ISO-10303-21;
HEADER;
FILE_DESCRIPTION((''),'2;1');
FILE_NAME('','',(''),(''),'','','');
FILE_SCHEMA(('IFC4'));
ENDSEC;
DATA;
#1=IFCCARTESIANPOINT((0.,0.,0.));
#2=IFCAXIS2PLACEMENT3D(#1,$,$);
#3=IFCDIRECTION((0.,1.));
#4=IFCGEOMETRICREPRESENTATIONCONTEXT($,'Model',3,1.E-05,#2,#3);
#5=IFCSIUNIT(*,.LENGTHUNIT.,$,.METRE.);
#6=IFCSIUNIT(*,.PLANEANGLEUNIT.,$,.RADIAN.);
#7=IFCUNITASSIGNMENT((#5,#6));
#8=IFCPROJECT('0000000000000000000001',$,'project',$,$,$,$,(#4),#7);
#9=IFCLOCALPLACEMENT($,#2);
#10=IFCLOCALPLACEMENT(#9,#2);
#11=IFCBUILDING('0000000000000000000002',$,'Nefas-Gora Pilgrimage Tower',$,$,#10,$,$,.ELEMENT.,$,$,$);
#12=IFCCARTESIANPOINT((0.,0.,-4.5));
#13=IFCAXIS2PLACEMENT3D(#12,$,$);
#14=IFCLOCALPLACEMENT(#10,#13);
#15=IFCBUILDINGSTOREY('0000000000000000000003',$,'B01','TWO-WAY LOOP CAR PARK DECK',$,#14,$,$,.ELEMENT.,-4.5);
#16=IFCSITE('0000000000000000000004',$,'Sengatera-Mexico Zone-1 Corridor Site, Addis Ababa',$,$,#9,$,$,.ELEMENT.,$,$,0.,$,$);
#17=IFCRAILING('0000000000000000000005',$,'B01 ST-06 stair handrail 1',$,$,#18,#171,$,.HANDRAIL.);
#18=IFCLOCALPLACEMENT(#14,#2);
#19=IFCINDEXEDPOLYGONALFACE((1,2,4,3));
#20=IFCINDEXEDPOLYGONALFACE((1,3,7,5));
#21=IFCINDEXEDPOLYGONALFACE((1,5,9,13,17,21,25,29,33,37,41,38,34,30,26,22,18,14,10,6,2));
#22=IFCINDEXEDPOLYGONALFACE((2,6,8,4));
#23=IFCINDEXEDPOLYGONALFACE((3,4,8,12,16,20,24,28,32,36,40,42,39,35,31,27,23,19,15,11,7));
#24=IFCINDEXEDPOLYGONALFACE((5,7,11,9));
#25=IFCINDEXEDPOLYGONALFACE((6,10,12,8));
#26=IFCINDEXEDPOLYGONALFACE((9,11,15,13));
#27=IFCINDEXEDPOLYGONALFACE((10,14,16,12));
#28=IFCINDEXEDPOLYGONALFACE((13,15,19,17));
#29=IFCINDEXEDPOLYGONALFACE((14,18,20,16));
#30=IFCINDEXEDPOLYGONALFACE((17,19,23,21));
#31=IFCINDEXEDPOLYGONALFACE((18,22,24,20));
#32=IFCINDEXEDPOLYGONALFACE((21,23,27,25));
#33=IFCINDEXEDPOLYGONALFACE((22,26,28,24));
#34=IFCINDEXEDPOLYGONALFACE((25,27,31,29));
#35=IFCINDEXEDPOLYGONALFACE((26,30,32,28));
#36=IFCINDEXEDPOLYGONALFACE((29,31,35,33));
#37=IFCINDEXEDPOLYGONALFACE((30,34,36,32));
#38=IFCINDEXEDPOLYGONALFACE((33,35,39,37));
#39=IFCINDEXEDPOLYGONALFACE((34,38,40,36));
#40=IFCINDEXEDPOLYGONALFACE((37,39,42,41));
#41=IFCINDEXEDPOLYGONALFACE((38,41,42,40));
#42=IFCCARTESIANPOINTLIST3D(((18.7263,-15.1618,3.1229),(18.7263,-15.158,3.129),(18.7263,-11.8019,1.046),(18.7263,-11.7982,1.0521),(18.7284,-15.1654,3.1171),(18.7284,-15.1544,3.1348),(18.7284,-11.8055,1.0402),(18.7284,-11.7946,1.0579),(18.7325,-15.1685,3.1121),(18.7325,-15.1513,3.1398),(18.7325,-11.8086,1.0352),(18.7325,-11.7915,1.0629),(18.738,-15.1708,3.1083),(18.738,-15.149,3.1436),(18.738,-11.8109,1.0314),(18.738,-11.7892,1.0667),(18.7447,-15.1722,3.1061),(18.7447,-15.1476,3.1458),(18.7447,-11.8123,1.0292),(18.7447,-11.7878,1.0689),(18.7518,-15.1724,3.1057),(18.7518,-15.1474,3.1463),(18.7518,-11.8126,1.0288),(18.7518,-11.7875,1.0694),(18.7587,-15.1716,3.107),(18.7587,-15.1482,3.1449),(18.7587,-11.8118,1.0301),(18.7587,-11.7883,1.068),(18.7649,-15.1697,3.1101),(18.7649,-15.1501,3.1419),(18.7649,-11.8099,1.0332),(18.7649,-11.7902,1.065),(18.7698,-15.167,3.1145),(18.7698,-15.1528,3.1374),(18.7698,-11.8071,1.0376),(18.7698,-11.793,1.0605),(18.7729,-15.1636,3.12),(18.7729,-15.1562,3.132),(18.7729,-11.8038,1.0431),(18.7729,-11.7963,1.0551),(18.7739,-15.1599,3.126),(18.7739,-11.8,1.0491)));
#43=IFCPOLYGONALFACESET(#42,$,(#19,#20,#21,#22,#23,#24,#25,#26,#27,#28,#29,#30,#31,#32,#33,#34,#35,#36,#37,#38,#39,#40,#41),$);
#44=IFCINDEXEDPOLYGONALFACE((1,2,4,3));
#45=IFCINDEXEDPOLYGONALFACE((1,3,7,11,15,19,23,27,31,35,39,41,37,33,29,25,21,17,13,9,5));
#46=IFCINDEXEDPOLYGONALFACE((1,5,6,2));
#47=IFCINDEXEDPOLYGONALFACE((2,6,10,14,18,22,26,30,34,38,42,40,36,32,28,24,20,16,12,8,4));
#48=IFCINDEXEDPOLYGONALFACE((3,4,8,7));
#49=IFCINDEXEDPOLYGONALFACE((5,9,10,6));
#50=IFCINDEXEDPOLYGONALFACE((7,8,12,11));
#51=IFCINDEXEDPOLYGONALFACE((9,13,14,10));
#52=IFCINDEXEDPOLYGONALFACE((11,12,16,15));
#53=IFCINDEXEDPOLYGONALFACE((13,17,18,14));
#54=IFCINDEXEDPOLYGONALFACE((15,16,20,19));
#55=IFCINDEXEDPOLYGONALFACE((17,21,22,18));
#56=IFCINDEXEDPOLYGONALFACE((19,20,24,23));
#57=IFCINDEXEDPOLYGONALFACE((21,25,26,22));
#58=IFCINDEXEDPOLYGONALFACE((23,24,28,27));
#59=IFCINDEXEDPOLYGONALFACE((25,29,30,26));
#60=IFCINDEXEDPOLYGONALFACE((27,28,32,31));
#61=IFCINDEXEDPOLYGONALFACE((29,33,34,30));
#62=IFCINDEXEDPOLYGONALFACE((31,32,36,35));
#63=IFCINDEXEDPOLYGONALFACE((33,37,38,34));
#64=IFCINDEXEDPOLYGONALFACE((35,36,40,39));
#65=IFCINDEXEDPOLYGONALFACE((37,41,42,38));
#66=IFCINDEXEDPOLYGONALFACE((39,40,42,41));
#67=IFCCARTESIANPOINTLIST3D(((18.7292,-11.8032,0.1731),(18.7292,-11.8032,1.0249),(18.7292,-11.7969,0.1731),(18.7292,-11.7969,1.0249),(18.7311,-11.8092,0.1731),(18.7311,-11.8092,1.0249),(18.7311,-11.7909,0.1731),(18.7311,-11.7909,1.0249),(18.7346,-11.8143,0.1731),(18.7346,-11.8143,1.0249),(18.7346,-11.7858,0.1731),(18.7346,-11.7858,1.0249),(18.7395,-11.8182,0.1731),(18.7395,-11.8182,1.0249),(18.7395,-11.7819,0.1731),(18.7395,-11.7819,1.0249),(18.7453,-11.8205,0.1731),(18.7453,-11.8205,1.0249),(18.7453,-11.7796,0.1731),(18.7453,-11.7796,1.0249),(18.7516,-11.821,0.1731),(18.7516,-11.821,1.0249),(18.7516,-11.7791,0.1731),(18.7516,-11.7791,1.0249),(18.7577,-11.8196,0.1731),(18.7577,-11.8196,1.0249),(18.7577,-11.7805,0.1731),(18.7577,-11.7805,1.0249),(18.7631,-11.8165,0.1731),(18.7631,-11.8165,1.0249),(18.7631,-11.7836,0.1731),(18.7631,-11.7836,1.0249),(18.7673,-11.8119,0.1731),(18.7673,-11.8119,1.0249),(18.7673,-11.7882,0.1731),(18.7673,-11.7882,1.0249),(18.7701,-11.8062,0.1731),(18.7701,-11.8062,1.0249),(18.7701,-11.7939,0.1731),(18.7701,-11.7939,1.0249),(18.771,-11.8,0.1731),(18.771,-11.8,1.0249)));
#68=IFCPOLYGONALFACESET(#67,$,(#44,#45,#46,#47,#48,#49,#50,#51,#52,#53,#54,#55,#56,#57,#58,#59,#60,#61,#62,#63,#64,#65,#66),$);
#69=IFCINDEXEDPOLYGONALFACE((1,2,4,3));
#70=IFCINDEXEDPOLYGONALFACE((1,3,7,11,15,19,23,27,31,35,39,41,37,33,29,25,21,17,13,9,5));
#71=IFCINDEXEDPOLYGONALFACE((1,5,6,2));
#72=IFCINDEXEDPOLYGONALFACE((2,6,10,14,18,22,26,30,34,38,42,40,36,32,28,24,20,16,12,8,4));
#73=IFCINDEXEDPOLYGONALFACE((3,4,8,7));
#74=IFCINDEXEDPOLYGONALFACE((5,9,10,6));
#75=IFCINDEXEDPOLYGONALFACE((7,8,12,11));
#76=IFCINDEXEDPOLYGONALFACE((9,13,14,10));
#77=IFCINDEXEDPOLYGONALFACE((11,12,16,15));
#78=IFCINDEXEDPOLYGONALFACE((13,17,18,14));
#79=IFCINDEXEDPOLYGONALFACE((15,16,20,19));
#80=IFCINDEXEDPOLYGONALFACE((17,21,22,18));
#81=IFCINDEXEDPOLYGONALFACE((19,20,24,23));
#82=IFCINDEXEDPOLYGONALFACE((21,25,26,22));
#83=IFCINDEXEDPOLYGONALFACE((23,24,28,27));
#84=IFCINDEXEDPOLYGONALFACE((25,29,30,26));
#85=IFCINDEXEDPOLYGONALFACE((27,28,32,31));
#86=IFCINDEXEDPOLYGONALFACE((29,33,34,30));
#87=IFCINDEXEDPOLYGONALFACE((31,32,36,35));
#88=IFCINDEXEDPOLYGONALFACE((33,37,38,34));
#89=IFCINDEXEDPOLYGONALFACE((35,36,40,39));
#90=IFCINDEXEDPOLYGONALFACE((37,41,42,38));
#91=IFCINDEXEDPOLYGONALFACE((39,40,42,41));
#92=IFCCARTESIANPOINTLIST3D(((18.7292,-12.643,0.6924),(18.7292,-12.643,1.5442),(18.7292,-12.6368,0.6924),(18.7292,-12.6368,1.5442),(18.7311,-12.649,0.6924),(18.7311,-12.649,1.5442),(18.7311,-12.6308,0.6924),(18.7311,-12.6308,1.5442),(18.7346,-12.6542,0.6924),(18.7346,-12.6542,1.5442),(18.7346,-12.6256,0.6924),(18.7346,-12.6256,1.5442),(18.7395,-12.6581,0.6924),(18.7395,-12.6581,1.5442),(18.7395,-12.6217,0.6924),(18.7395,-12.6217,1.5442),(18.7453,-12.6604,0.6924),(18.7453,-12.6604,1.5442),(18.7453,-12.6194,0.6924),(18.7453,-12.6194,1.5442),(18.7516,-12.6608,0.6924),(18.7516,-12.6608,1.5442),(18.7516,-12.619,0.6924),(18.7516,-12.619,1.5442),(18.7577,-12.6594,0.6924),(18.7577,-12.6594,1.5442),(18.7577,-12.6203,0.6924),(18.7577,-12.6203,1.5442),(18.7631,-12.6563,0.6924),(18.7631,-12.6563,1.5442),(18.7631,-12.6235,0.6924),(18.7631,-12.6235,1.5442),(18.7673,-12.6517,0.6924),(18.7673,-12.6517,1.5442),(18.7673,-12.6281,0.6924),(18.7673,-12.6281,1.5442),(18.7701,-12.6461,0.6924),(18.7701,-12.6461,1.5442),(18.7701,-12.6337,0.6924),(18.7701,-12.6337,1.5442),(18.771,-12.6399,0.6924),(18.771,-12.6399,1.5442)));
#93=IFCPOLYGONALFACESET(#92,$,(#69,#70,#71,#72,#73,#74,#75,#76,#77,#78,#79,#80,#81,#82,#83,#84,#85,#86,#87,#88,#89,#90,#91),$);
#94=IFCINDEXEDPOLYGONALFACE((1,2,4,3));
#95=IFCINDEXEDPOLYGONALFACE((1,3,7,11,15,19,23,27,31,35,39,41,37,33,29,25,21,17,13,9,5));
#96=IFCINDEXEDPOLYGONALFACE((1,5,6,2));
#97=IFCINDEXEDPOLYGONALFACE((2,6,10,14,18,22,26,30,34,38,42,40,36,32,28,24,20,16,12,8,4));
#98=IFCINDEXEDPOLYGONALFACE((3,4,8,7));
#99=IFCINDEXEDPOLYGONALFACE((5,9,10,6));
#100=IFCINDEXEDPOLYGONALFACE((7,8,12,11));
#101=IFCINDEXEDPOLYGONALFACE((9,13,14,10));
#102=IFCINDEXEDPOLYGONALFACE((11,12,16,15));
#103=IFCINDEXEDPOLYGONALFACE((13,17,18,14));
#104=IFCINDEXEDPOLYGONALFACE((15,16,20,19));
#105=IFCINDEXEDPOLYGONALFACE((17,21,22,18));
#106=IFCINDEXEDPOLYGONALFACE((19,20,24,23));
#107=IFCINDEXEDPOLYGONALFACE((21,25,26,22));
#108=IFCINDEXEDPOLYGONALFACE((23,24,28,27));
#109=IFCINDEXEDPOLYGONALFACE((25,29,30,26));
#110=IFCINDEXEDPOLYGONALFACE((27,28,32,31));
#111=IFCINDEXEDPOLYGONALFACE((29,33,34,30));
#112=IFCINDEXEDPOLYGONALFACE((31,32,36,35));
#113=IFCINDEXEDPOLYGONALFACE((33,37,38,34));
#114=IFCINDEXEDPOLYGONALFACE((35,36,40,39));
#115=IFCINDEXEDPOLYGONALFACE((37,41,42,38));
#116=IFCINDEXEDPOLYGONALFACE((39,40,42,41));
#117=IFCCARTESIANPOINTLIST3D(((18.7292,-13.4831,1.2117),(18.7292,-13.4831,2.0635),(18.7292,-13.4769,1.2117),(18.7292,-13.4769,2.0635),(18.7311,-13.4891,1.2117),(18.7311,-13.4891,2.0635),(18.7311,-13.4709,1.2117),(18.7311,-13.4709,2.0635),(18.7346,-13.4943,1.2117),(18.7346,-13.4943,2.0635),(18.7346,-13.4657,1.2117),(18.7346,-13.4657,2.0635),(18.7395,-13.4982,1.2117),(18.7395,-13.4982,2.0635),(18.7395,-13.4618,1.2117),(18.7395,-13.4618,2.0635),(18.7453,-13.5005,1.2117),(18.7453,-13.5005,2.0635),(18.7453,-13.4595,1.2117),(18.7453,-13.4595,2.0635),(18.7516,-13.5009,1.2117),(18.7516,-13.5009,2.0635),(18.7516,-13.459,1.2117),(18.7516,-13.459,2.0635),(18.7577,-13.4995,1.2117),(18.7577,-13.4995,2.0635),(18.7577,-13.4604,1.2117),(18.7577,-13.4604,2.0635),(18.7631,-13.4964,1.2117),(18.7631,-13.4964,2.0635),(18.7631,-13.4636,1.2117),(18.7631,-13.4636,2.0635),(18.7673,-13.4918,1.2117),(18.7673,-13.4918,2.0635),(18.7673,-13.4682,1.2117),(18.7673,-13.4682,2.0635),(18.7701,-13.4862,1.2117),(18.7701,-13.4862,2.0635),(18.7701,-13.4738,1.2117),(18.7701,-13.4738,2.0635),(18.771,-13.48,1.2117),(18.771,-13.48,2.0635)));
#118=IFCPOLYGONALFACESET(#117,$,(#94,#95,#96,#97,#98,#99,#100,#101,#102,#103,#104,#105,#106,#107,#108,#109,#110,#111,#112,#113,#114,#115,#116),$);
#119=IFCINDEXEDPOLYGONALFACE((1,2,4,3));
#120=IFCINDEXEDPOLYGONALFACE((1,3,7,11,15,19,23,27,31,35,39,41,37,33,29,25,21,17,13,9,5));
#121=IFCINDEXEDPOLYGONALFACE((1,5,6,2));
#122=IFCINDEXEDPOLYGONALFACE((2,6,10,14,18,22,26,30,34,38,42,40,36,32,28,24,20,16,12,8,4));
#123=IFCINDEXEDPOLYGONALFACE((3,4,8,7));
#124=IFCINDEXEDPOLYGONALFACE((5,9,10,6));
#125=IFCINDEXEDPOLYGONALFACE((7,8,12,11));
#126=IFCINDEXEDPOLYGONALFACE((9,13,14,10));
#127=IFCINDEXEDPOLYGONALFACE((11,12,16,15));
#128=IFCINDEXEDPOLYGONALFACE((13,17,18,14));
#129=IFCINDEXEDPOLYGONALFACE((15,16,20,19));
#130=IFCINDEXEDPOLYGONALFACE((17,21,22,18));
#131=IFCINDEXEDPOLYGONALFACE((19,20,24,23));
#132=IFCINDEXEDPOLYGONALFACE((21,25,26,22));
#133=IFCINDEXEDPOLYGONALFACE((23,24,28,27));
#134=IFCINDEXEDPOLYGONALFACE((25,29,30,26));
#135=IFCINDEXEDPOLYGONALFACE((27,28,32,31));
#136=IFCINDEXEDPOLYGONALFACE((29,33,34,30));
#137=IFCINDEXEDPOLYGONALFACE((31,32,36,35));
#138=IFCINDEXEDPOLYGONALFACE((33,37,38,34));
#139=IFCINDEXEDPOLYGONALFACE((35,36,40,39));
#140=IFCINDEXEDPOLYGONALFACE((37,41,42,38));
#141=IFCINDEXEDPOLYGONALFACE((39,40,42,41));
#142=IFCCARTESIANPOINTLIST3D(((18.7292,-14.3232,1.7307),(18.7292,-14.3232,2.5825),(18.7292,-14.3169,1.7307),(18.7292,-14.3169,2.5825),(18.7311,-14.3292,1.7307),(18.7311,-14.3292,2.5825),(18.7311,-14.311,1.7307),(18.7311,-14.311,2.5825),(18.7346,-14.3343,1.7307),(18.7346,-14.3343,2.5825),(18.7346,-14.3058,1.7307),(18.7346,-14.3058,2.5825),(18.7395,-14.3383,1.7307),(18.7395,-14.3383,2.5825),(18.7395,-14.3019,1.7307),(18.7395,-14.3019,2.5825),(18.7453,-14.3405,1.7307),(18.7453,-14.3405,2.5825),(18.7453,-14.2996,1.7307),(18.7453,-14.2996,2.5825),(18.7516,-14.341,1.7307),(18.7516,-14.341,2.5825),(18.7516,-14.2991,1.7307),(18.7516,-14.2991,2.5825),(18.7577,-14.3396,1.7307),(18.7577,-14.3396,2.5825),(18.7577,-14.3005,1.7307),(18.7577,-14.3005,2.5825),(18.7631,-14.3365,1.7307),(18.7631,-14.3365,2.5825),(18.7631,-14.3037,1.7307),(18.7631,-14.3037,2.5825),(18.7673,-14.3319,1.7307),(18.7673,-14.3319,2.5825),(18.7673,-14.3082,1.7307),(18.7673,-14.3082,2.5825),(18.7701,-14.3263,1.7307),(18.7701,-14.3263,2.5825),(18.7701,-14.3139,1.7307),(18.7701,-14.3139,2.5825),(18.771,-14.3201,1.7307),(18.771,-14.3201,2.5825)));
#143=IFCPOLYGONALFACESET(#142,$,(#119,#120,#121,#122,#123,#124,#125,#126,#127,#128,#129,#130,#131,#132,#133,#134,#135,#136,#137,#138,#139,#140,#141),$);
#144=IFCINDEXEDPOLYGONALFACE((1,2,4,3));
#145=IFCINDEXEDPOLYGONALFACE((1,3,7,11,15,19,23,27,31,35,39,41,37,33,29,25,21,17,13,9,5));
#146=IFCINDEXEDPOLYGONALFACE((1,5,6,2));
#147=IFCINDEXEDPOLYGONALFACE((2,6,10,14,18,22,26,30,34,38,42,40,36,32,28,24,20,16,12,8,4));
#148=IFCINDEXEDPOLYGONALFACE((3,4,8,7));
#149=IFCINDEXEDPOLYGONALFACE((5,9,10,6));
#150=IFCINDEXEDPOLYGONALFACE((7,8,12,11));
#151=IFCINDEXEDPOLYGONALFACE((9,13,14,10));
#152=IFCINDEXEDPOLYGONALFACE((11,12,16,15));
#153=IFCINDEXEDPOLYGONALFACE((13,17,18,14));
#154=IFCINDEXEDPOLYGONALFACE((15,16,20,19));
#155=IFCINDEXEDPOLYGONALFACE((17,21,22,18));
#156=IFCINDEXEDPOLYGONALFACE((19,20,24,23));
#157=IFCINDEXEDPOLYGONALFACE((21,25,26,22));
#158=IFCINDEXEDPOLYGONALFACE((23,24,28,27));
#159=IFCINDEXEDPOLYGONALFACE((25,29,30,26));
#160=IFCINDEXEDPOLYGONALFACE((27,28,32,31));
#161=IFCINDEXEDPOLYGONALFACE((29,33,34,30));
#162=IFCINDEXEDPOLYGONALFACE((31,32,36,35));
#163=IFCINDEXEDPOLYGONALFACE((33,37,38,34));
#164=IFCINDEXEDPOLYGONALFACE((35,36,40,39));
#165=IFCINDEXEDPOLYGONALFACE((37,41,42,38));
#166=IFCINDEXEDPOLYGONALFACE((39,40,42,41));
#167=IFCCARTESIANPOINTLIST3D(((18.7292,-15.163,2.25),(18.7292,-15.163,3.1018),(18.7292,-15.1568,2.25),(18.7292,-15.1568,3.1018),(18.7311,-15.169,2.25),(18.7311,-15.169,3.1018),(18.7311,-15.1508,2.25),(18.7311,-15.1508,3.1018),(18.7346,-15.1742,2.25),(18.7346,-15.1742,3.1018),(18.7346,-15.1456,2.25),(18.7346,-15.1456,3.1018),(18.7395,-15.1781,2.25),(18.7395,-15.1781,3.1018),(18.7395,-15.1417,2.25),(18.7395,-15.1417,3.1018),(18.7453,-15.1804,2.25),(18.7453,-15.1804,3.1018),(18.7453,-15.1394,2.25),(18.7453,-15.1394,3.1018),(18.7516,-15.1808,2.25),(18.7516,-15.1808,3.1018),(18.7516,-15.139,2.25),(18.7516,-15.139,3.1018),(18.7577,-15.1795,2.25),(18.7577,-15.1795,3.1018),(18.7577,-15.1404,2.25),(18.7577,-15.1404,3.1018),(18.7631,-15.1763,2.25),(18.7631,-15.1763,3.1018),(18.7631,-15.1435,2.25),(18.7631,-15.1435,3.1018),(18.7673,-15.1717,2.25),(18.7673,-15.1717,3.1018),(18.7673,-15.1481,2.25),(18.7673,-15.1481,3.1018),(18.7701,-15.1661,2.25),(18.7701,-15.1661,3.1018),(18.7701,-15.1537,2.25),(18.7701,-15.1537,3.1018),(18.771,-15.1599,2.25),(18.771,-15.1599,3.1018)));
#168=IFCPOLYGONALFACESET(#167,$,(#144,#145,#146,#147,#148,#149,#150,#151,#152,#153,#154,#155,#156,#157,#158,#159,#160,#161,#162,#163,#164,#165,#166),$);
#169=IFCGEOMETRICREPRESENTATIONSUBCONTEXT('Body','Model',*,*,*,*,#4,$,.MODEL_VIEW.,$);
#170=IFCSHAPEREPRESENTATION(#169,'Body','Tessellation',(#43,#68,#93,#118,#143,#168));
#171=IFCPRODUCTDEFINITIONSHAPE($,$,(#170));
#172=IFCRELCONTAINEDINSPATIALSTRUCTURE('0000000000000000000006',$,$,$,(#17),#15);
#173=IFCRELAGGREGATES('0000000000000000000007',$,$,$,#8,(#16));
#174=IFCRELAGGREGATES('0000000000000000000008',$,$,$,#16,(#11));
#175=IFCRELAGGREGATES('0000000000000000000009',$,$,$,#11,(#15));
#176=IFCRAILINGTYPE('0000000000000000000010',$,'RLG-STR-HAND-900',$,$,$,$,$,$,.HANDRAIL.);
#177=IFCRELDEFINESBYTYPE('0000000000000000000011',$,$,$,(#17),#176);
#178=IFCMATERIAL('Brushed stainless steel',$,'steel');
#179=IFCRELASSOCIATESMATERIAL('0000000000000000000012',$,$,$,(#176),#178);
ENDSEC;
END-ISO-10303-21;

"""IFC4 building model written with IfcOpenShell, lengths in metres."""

from ifc_helpers import new_model, si_unit, direction, frame, origin, origin_2d, place, context, subcontext, project, spatial, circle, extrude, material, type_object, element, save


model = new_model("IFC4")

# Units and contexts
model_context = context("Model", 3, precision=1e-05, world=origin(), true_north=direction((0.0, 1.0)))
body_context = subcontext(model_context, "Body", "Model", "MODEL_VIEW")
ifc_project = project(units=[si_unit("LENGTHUNIT", "METRE"), si_unit("PLANEANGLEUNIT", "RADIAN")], contexts=[model_context])

# Site, building, storey
site_placement = place(None, origin())
site = spatial("IfcSite", under=ifc_project, at=site_placement, Name="Sengatera-Mexico Zone-1 Corridor Site, Addis Ababa", CompositionType="ELEMENT", RefElevation=0.0)
building_placement = place(site_placement, origin())
building = spatial("IfcBuilding", under=site, at=building_placement, Name="Nefas-Gora Pilgrimage Tower", CompositionType="ELEMENT")
storey_placement = place(building_placement, frame((0.0, 0.0, -4.5)))
storey = spatial("IfcBuildingStorey", under=building, at=storey_placement, Name="B01", Description="TWO-WAY LOOP CAR PARK DECK", CompositionType="ELEMENT", Elevation=-4.5)

# Railing
ifc_material_1 = material(Name="Brushed stainless steel", Category="steel")
railing_type_1 = type_object("IfcRailingType", Name="RLG-STR-HAND-900", PredefinedType="HANDRAIL", material=ifc_material_1)
railing_1_placement = place(storey_placement, frame((18.75, -11.8, 0.1731)))
element("IfcRailing", 1, at=railing_1_placement, inside=storey, type_object=railing_type_1, Name="B01 ST-06 stair handrail 1", PredefinedType="HANDRAIL", context=body_context, shape_type="SweptSolid", body=[
    extrude(circle(Radius=0.0239, at=origin_2d()), frame((0.0, 0.0, 0.876), z_axis=(0.0, -0.850606, 0.525803), x_axis=(1.0, 0.0, 0.0)), (0.0, 0.0, 1.0), 3.95),
    extrude(circle(Radius=0.021, at=origin_2d()), origin(), (0.0, 0.0, 1.0), 0.8518),
    extrude(circle(Radius=0.021, at=origin_2d()), frame((0.0, -0.8398, 0.5193)), (0.0, 0.0, 1.0), 0.8518),
    extrude(circle(Radius=0.021, at=origin_2d()), frame((0.0, -1.6799, 1.0386)), (0.0, 0.0, 1.0), 0.8518),
    extrude(circle(Radius=0.021, at=origin_2d()), frame((0.0, -2.52, 1.5576)), (0.0, 0.0, 1.0), 0.8518),
    extrude(circle(Radius=0.021, at=origin_2d()), frame((0.0, -3.3599, 2.0769)), (0.0, 0.0, 1.0), 0.8518),
])

save(model, "model.ifc")
